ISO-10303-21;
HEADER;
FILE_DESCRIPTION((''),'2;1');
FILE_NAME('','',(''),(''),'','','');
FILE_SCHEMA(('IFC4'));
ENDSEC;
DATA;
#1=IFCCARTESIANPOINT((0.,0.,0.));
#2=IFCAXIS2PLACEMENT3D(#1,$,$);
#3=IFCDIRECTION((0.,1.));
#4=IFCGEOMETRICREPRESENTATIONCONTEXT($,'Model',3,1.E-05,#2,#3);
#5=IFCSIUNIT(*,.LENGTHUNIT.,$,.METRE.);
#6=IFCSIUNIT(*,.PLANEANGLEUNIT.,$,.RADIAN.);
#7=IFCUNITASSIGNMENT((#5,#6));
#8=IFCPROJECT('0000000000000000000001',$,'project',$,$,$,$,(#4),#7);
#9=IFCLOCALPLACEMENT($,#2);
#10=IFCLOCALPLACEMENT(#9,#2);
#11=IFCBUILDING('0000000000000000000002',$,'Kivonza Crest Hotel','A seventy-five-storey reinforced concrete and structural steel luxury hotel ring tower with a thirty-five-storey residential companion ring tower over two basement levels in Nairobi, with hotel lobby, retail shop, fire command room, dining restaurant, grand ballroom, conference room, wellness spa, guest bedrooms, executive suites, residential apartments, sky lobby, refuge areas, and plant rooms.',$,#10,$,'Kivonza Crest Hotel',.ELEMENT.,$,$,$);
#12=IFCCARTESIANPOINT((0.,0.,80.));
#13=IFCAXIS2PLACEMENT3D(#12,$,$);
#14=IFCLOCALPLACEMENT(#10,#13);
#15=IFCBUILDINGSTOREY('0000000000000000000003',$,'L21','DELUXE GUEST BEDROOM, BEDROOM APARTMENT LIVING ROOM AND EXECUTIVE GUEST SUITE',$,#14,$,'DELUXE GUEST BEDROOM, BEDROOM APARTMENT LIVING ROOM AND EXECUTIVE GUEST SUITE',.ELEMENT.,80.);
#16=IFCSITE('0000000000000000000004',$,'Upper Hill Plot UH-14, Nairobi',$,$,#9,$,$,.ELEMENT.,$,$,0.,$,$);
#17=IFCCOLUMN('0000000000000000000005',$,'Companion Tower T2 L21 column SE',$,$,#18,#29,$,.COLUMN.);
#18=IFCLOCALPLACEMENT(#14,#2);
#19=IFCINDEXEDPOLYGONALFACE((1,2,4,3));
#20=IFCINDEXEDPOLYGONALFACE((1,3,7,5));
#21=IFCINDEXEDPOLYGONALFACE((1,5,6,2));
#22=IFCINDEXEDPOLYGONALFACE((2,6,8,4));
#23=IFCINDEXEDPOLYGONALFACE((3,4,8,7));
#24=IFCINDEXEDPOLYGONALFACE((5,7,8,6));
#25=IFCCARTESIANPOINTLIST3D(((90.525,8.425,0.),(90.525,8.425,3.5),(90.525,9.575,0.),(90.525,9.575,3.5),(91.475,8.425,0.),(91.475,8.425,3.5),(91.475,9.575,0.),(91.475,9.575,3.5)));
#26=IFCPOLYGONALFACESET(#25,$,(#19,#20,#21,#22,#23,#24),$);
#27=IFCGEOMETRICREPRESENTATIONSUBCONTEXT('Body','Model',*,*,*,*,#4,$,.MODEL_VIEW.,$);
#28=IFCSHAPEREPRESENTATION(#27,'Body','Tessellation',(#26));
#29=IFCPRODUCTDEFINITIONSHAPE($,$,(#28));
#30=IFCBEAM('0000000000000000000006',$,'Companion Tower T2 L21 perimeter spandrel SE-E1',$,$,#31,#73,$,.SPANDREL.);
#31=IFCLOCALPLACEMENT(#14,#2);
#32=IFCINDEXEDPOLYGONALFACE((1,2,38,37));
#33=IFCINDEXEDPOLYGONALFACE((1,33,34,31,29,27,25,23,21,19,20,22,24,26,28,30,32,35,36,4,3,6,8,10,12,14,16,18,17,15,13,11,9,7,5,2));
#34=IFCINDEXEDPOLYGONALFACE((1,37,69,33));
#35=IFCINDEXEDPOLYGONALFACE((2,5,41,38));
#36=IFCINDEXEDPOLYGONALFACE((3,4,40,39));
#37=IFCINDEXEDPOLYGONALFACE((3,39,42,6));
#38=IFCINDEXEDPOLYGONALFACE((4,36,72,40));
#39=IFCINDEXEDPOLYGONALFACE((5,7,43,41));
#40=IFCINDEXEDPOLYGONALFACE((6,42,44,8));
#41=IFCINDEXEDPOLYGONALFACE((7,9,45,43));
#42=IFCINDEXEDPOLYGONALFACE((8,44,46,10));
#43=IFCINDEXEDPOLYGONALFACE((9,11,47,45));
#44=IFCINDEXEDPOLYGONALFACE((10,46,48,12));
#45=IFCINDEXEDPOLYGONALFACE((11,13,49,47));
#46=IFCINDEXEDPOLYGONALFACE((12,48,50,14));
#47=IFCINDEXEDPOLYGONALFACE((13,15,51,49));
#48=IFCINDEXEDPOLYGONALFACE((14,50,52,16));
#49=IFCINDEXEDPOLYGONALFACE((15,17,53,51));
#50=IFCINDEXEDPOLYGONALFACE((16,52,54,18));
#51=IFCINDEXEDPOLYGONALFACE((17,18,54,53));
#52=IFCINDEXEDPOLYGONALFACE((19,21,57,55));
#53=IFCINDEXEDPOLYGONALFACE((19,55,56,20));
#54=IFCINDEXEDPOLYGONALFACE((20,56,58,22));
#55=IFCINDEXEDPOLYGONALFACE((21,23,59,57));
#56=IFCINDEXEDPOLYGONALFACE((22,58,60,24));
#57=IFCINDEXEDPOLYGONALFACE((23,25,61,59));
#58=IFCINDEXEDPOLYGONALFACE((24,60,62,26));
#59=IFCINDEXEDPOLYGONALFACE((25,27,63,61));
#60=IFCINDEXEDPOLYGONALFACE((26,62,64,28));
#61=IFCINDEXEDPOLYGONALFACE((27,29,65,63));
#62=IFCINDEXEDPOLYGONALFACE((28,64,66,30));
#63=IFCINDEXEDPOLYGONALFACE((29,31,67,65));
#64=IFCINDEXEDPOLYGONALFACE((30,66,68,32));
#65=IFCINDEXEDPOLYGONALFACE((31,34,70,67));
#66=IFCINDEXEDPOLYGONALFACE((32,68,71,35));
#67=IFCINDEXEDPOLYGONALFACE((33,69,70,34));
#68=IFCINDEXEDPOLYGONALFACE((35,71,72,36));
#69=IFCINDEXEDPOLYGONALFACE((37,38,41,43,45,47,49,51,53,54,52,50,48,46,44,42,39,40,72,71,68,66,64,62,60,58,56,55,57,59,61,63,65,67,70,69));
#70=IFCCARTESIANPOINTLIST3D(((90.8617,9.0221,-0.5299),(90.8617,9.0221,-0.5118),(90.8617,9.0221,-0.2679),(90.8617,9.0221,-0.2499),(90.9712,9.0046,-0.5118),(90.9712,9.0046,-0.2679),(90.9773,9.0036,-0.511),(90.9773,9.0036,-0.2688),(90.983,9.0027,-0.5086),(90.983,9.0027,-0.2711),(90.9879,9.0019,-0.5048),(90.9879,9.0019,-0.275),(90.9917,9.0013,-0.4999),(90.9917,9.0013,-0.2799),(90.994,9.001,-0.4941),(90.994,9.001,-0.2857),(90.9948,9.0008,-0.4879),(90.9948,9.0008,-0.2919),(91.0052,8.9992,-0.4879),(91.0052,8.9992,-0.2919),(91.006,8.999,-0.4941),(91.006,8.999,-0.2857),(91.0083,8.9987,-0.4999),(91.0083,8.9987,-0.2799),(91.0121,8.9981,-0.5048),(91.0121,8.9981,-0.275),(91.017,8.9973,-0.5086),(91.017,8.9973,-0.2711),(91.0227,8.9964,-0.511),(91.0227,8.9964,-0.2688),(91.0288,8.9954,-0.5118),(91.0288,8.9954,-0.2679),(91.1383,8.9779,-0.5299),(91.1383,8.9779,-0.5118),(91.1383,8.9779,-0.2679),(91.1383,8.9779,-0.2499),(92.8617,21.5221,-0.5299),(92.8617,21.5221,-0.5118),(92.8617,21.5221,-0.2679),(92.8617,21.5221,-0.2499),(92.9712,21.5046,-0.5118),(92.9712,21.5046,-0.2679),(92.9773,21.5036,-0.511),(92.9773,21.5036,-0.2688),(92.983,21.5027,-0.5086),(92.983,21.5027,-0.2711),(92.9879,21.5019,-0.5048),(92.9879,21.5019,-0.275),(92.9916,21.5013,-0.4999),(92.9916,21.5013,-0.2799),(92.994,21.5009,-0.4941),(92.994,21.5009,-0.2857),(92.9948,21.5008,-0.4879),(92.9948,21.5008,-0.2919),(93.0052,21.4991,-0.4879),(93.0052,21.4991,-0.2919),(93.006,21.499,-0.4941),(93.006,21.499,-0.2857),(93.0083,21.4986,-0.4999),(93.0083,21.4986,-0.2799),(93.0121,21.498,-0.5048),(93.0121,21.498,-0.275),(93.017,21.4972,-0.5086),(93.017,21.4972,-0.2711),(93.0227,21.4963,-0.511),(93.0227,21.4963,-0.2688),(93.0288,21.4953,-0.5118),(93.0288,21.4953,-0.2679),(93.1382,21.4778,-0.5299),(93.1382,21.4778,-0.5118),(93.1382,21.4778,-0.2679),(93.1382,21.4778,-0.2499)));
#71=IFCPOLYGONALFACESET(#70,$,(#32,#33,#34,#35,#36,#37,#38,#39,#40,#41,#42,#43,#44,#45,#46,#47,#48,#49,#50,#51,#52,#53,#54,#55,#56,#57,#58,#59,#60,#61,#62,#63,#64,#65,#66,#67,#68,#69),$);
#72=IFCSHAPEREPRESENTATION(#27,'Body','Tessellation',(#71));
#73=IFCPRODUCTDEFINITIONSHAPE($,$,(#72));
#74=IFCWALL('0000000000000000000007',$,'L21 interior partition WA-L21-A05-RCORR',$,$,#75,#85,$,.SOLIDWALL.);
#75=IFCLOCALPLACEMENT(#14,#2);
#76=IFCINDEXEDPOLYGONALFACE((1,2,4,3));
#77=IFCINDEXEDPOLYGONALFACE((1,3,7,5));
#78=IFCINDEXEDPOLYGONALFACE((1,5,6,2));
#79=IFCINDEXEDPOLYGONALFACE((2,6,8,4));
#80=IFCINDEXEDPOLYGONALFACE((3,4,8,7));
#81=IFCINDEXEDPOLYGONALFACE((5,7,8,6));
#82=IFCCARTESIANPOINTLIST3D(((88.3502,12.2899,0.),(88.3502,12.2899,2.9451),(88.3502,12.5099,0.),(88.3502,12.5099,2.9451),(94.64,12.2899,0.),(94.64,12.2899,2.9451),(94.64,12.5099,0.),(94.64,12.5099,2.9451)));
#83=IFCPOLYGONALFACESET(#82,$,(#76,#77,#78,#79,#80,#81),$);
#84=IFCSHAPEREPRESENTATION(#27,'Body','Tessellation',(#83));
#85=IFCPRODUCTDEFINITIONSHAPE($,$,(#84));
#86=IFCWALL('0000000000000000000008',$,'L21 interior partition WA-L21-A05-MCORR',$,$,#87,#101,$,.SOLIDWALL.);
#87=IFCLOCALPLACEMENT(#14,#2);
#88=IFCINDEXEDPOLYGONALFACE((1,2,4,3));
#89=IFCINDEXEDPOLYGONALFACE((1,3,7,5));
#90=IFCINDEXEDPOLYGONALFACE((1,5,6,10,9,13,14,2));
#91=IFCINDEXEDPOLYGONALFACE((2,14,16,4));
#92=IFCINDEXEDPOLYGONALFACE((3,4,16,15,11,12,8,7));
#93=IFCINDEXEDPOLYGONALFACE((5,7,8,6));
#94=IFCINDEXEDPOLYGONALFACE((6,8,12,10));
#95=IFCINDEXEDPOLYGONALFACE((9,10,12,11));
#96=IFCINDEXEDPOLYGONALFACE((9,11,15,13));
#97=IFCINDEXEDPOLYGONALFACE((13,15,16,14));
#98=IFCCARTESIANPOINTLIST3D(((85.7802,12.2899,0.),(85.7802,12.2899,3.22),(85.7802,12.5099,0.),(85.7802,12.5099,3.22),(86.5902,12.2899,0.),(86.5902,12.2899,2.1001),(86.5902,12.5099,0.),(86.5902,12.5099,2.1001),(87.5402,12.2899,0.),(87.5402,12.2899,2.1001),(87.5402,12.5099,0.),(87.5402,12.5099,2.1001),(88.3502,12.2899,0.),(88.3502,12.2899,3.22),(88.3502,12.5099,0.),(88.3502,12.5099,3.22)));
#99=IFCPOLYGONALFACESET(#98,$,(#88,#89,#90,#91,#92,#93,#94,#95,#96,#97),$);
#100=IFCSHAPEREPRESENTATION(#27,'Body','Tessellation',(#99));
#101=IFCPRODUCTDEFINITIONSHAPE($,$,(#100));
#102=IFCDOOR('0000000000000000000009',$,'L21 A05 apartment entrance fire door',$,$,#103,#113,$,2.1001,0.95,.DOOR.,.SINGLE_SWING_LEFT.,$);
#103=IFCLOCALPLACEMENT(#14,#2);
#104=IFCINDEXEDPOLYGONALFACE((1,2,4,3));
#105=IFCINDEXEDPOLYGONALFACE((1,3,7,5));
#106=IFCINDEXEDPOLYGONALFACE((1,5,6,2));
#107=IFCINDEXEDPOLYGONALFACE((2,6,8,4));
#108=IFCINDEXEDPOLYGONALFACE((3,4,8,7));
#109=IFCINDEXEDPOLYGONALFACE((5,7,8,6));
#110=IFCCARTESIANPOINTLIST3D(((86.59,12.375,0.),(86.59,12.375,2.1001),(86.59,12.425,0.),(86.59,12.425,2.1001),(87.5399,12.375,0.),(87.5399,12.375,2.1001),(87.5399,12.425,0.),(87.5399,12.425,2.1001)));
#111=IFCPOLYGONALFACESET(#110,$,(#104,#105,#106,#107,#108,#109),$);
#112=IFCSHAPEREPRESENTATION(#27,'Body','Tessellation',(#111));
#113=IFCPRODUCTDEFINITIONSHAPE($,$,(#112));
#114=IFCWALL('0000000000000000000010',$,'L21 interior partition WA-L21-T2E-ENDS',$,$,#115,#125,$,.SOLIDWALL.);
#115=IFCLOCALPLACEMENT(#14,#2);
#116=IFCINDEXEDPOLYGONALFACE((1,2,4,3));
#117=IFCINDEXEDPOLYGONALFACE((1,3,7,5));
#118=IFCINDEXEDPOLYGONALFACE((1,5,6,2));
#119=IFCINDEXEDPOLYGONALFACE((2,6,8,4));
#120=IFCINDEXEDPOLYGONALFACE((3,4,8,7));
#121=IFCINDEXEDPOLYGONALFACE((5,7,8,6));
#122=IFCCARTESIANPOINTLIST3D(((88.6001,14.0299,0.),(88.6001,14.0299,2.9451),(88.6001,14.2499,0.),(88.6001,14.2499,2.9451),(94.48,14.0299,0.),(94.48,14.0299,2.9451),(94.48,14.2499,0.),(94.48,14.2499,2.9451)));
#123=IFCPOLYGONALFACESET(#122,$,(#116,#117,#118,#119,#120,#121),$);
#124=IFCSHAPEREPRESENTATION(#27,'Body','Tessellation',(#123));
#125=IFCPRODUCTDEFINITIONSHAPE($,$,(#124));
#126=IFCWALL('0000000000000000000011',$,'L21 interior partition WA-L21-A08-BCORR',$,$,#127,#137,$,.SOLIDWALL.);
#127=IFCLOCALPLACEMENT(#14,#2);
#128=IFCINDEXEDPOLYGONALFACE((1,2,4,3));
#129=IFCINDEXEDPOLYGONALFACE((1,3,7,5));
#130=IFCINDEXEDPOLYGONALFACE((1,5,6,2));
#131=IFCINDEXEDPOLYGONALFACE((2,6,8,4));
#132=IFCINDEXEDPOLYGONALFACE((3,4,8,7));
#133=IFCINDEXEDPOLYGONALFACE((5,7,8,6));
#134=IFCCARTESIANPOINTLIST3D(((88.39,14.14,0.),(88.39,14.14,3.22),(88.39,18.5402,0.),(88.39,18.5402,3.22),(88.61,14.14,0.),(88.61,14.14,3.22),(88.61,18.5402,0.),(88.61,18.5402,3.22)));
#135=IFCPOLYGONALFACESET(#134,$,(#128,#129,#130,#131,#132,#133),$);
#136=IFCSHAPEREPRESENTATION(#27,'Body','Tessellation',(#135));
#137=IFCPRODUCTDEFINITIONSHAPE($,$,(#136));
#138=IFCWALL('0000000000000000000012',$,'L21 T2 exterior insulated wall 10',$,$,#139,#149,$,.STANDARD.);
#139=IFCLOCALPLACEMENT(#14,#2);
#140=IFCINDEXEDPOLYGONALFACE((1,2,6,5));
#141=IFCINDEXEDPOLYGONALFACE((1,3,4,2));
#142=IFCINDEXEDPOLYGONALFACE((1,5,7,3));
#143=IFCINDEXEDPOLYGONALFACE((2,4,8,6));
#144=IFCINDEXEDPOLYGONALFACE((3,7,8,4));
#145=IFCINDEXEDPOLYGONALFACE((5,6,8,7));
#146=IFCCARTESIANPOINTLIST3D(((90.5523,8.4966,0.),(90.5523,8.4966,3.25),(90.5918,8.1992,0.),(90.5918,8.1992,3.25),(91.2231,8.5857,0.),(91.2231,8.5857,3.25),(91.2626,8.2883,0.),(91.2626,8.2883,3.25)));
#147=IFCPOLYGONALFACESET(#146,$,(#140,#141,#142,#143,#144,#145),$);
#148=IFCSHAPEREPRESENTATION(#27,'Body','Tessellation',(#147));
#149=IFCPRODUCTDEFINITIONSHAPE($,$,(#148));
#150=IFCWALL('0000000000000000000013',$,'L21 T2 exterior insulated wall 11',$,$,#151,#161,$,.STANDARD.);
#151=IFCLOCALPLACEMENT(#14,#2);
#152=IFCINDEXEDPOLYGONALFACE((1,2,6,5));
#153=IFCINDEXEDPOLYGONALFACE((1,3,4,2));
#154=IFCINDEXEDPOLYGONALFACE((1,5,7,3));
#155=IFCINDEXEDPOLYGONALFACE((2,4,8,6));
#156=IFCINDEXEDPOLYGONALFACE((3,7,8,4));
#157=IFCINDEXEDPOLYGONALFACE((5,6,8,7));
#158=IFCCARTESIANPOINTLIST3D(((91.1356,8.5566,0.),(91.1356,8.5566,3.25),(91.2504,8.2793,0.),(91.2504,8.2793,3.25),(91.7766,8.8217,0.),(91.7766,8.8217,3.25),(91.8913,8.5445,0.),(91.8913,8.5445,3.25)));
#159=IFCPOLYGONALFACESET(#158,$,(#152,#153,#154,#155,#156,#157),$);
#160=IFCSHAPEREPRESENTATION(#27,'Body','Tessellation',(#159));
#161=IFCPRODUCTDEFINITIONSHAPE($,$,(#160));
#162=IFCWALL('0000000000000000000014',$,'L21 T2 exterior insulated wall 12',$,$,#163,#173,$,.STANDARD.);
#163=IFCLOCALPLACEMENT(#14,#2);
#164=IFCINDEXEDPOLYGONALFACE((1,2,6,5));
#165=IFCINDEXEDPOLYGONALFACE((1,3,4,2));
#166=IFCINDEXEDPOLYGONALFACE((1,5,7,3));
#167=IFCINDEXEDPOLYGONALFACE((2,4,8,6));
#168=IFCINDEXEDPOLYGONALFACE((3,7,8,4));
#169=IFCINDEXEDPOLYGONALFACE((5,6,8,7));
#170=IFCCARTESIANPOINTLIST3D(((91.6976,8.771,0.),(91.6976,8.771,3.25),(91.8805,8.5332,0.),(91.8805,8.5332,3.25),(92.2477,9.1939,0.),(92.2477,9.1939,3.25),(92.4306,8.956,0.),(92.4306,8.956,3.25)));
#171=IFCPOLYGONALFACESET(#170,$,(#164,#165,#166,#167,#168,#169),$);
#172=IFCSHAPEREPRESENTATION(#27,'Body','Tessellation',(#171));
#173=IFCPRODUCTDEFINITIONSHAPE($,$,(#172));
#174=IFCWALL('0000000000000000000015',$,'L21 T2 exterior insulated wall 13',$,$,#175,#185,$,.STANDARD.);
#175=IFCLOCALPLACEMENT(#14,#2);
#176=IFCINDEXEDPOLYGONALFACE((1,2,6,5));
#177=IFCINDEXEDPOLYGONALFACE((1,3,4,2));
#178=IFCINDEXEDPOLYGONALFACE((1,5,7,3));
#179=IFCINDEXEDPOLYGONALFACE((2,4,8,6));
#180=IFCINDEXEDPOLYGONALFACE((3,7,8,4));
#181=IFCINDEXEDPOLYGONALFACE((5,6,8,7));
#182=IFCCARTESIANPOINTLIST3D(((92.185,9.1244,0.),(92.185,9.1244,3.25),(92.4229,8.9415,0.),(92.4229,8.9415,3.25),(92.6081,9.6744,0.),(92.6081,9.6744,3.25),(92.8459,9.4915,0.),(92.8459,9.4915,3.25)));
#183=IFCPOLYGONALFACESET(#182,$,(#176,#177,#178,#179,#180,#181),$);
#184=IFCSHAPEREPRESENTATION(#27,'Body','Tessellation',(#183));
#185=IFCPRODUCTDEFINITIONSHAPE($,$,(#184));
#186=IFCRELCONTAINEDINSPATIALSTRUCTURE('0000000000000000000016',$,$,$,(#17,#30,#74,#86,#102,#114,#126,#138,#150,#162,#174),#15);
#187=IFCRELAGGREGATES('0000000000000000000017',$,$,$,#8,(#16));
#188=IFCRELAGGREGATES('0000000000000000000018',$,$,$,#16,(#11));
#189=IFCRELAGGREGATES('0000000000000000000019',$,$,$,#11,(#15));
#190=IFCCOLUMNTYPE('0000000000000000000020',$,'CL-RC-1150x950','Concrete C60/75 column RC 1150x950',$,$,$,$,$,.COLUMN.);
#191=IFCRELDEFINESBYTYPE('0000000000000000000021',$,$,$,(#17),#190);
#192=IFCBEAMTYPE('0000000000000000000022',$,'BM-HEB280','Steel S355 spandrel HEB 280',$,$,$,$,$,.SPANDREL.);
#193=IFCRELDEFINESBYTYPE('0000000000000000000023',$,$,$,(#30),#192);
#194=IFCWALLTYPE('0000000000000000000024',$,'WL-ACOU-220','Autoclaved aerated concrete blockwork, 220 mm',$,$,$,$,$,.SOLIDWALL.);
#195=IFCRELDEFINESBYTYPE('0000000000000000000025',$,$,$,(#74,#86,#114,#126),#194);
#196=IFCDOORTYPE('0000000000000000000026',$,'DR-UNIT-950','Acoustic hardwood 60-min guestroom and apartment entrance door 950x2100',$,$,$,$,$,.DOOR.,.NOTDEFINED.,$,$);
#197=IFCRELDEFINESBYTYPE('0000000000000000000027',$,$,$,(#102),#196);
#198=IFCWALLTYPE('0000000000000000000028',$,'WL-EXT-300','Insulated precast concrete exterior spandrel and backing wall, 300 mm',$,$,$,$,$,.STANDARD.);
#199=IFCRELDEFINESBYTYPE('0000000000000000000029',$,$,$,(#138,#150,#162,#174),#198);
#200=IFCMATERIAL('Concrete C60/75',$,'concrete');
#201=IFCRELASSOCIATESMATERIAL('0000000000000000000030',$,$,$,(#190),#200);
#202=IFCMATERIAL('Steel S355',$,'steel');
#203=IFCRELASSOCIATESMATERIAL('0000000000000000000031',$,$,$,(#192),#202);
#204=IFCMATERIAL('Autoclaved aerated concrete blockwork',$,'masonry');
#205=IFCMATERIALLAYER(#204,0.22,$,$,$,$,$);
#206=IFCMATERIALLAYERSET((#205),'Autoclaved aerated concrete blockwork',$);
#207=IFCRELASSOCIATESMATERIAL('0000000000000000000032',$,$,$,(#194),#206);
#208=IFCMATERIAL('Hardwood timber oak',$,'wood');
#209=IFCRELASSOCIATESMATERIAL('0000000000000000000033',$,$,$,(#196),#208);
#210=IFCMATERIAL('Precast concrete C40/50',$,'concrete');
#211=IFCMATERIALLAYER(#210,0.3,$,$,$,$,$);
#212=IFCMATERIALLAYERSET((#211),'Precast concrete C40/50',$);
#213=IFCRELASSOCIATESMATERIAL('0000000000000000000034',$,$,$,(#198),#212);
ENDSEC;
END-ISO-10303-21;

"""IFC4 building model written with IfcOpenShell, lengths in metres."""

from ifc_helpers import new_model, si_unit, direction, frame, frame_2d, origin, origin_2d, place, context, subcontext, project, spatial, rectangle, i_section, extrude, material, layer, layer_set, material_profile, profile_set, type_object, element, fill, save


model = new_model("IFC4")

# Units and contexts
model_context = context("Model", 3, precision=1e-05, world=origin(), true_north=direction((0.0, 1.0)))
body_context = subcontext(model_context, "Body", "Model", "MODEL_VIEW")
ifc_project = project(units=[si_unit("LENGTHUNIT", "METRE"), si_unit("PLANEANGLEUNIT", "RADIAN")], contexts=[model_context])

# Site, building, storey
site_placement = place(None, origin())
site = spatial("IfcSite", under=ifc_project, at=site_placement, Name="Upper Hill Plot UH-14, Nairobi", CompositionType="ELEMENT", RefElevation=0.0)
building_placement = place(site_placement, origin())
building = spatial("IfcBuilding", under=site, at=building_placement, Name="Kivonza Crest Hotel", Description="A seventy-five-storey reinforced concrete and structural steel luxury hotel ring tower with a thirty-five-storey residential companion ring tower over two basement levels in Nairobi, with hotel lobby, retail shop, fire command room, dining restaurant, grand ballroom, conference room, wellness spa, guest bedrooms, executive suites, residential apartments, sky lobby, refuge areas, and plant rooms.", LongName="Kivonza Crest Hotel", CompositionType="ELEMENT")
storey_placement = place(building_placement, frame((0.0, 0.0, 80.0)))
storey = spatial("IfcBuildingStorey", under=building, at=storey_placement, Name="L21", Description="DELUXE GUEST BEDROOM, BEDROOM APARTMENT LIVING ROOM AND EXECUTIVE GUEST SUITE", LongName="DELUXE GUEST BEDROOM, BEDROOM APARTMENT LIVING ROOM AND EXECUTIVE GUEST SUITE", CompositionType="ELEMENT", Elevation=80.0)

# Column
ifc_material_1 = material(Name="Concrete C60/75", Category="concrete")
ifc_material_profile_1 = material_profile(ifc_material_1, rectangle(XDim=0.95, YDim=1.1499, at=origin_2d()), Name="RC 1150x950")
ifc_profile_set_1 = profile_set([ifc_material_profile_1], Name="Concrete C60/75")
column_type = type_object("IfcColumnType", Name="CL-RC-1150x950", Description="Concrete C60/75 column RC 1150x950", PredefinedType="COLUMN", material=ifc_profile_set_1)
column_placement = place(storey_placement, frame((91.0, 9.0, 0.0), z_axis=(0.0, 0.0, 1.0), x_axis=(1.0, 0.0, 0.0)))
element("IfcColumn", 1, at=column_placement, inside=storey, type_object=column_type, Name="Companion Tower T2 L21 column SE", PredefinedType="COLUMN", context=body_context, shape_type="SweptSolid", body=[
    extrude(rectangle(XDim=0.95, YDim=1.1499, at=origin_2d()), origin(), (0.0, 0.0, 1.0), 3.5),
])

# Beam
ifc_material_2 = material(Name="Steel S355", Category="steel")
ifc_material_profile_2 = material_profile(ifc_material_2, i_section(OverallWidth=0.28, OverallDepth=0.28, WebThickness=0.0105, FlangeThickness=0.0181, FilletRadius=0.0239, at=origin_2d()), Name="HEB 280")
ifc_profile_set_2 = profile_set([ifc_material_profile_2], Name="Steel S355")
beam_type = type_object("IfcBeamType", Name="BM-HEB280", Description="Steel S355 spandrel HEB 280", PredefinedType="SPANDREL", material=ifc_profile_set_2)
beam_placement = place(storey_placement, frame((91.0, 9.0, -0.3899), z_axis=(0.157991, 0.987441, 0.0), x_axis=(-0.987441, 0.157991, 0.0)))
element("IfcBeam", 2, at=beam_placement, inside=storey, type_object=beam_type, Name="Companion Tower T2 L21 perimeter spandrel SE-E1", PredefinedType="SPANDREL", context=body_context, shape_type="SweptSolid", body=[
    extrude(i_section(OverallWidth=0.28, OverallDepth=0.28, WebThickness=0.0105, FlangeThickness=0.0181, FilletRadius=0.0239, at=origin_2d()), origin(), (0.0, 0.0, 1.0), 12.6589),
])

# Wall
ifc_material_3 = material(Name="Autoclaved aerated concrete blockwork", Category="masonry")
ifc_layer_1 = layer(ifc_material_3, 0.22)
ifc_layer_set_1 = layer_set([ifc_layer_1], Name="Autoclaved aerated concrete blockwork")
wall_type_1 = type_object("IfcWallType", Name="WL-ACOU-220", Description="Autoclaved aerated concrete blockwork, 220 mm", PredefinedType="SOLIDWALL", material=ifc_layer_set_1)
wall_1_placement = place(storey_placement, frame((88.3501, 12.3999, 0.0), z_axis=(0.0, 0.0, 1.0), x_axis=(1.0, 0.0, 0.0)))
element("IfcWall", 3, at=wall_1_placement, inside=storey, type_object=wall_type_1, Name="L21 interior partition WA-L21-A05-RCORR", PredefinedType="SOLIDWALL", context=body_context, shape_type="SweptSolid", body=[
    extrude(rectangle(XDim=6.2898, YDim=0.22, at=frame_2d((3.145, 0.0))), origin(), (0.0, 0.0, 1.0), 2.9451),
])

# Wall, opening, door
wall_2_placement = place(storey_placement, frame((85.78, 12.3999, 0.0), z_axis=(0.0, 0.0, 1.0), x_axis=(1.0, 0.0, 0.0)))
wall_2 = element("IfcWall", 4, at=wall_2_placement, inside=storey, type_object=wall_type_1, Name="L21 interior partition WA-L21-A05-MCORR", PredefinedType="SOLIDWALL", context=body_context, shape_type="SweptSolid", body=[
    extrude(rectangle(XDim=2.5701, YDim=0.22, at=frame_2d((1.2852, 0.0))), origin(), (0.0, 0.0, 1.0), 3.22),
])
opening_1_placement = place(wall_2_placement, frame((0.8101, 0.0, 0.0)))
opening_1 = element("IfcOpeningElement", 5, at=opening_1_placement, cuts=wall_2, PredefinedType="OPENING", context=body_context, shape_type="SweptSolid", body=[
    extrude(rectangle(XDim=0.95, YDim=2.1001, at=frame_2d((0.4751, 1.05))), frame((0.0, 0.1201, 0.0), z_axis=(0.0, -1.0, 0.0), x_axis=(1.0, 0.0, 0.0)), (0.0, 0.0, 1.0), 0.24),
])
ifc_material_4 = material(Name="Hardwood timber oak", Category="wood")
door_type_1 = type_object("IfcDoorType", Name="DR-UNIT-950", Description="Acoustic hardwood 60-min guestroom and apartment entrance door 950x2100", OperationType="NOTDEFINED", PredefinedType="DOOR", material=ifc_material_4)
door_1_placement = place(opening_1_placement, frame((0.95, 0.0, 0.0), z_axis=(0.0, 0.0, 1.0), x_axis=(-1.0, 0.0, 0.0)))
door_1 = element("IfcDoor", 6, at=door_1_placement, inside=storey, type_object=door_type_1, Name="L21 A05 apartment entrance fire door", OperationType="SINGLE_SWING_LEFT", OverallHeight=2.1001, OverallWidth=0.95, PredefinedType="DOOR", context=body_context, shape_type="SweptSolid", body=[
    extrude(rectangle(XDim=0.95, YDim=2.1001, at=frame_2d((0.4751, 1.05))), frame((0.0, 0.0249, 0.0), z_axis=(0.0, -1.0, 0.0), x_axis=(1.0, 0.0, 0.0)), (0.0, 0.0, 1.0), 0.05),
])
fill(opening_1, door_1)

# Walls
wall_3_placement = place(storey_placement, frame((88.6001, 14.1399, 0.0), z_axis=(0.0, 0.0, 1.0), x_axis=(1.0, 0.0, 0.0)))
element("IfcWall", 7, at=wall_3_placement, inside=storey, type_object=wall_type_1, Name="L21 interior partition WA-L21-T2E-ENDS", PredefinedType="SOLIDWALL", context=body_context, shape_type="SweptSolid", body=[
    extrude(rectangle(XDim=5.8799, YDim=0.22, at=frame_2d((2.9399, 0.0))), origin(), (0.0, 0.0, 1.0), 2.9451),
])
wall_4_placement = place(storey_placement, frame((88.5, 14.1399, 0.0), z_axis=(0.0, 0.0, 1.0), x_axis=(0.0, 1.0, 0.0)))
element("IfcWall", 8, at=wall_4_placement, inside=storey, type_object=wall_type_1, Name="L21 interior partition WA-L21-A08-BCORR", PredefinedType="SOLIDWALL", context=body_context, shape_type="SweptSolid", body=[
    extrude(rectangle(XDim=4.4001, YDim=0.22, at=frame_2d((2.2002, 0.0))), origin(), (0.0, 0.0, 1.0), 3.22),
])
ifc_material_5 = material(Name="Precast concrete C40/50", Category="concrete")
ifc_layer_2 = layer(ifc_material_5, 0.3)
ifc_layer_set_2 = layer_set([ifc_layer_2], Name="Precast concrete C40/50")
wall_type_2 = type_object("IfcWallType", Name="WL-EXT-300", Description="Insulated precast concrete exterior spandrel and backing wall, 300 mm", PredefinedType="STANDARD", material=ifc_layer_set_2)
wall_5_placement = place(storey_placement, frame((90.572, 8.3479, 0.0), z_axis=(0.0, 0.0, 1.0), x_axis=(0.991294, 0.131667, 0.0)))
element("IfcWall", 9, at=wall_5_placement, inside=storey, type_object=wall_type_2, Name="L21 T2 exterior insulated wall 10", PredefinedType="STANDARD", context=body_context, shape_type="SweptSolid", body=[
    extrude(rectangle(XDim=0.6768, YDim=0.3, at=frame_2d((0.3384, 0.0))), origin(), (0.0, 0.0, 1.0), 3.25),
])
wall_6_placement = place(storey_placement, frame((91.1931, 8.418, 0.0), z_axis=(0.0, 0.0, 1.0), x_axis=(0.924043, 0.38229, 0.0)))
element("IfcWall", 10, at=wall_6_placement, inside=storey, type_object=wall_type_2, Name="L21 T2 exterior insulated wall 11", PredefinedType="STANDARD", context=body_context, shape_type="SweptSolid", body=[
    extrude(rectangle(XDim=0.6936, YDim=0.3, at=frame_2d((0.3467, 0.0))), origin(), (0.0, 0.0, 1.0), 3.25),
])
for number, where, z_axis, x_axis, name in (
    (11, (91.7891, 8.6521, 0.0), (0.0, 0.0, 1.0), (0.792807, 0.609473, 0.0), "L21 T2 exterior insulated wall 12"),
    (12, (92.304, 9.033, 0.0), (0.0, 0.0, 1.0), (0.609694, 0.792637, 0.0), "L21 T2 exterior insulated wall 13"),
):
    element("IfcWall", number, at=place(storey_placement, frame(where, z_axis=z_axis, x_axis=x_axis)), inside=storey, type_object=wall_type_2, Name=name, PredefinedType="STANDARD", context=body_context, shape_type="SweptSolid", body=[
        extrude(rectangle(XDim=0.6938, YDim=0.3, at=frame_2d((0.3469, 0.0))), origin(), (0.0, 0.0, 1.0), 3.25),
    ])

save(model, "model.ifc")
